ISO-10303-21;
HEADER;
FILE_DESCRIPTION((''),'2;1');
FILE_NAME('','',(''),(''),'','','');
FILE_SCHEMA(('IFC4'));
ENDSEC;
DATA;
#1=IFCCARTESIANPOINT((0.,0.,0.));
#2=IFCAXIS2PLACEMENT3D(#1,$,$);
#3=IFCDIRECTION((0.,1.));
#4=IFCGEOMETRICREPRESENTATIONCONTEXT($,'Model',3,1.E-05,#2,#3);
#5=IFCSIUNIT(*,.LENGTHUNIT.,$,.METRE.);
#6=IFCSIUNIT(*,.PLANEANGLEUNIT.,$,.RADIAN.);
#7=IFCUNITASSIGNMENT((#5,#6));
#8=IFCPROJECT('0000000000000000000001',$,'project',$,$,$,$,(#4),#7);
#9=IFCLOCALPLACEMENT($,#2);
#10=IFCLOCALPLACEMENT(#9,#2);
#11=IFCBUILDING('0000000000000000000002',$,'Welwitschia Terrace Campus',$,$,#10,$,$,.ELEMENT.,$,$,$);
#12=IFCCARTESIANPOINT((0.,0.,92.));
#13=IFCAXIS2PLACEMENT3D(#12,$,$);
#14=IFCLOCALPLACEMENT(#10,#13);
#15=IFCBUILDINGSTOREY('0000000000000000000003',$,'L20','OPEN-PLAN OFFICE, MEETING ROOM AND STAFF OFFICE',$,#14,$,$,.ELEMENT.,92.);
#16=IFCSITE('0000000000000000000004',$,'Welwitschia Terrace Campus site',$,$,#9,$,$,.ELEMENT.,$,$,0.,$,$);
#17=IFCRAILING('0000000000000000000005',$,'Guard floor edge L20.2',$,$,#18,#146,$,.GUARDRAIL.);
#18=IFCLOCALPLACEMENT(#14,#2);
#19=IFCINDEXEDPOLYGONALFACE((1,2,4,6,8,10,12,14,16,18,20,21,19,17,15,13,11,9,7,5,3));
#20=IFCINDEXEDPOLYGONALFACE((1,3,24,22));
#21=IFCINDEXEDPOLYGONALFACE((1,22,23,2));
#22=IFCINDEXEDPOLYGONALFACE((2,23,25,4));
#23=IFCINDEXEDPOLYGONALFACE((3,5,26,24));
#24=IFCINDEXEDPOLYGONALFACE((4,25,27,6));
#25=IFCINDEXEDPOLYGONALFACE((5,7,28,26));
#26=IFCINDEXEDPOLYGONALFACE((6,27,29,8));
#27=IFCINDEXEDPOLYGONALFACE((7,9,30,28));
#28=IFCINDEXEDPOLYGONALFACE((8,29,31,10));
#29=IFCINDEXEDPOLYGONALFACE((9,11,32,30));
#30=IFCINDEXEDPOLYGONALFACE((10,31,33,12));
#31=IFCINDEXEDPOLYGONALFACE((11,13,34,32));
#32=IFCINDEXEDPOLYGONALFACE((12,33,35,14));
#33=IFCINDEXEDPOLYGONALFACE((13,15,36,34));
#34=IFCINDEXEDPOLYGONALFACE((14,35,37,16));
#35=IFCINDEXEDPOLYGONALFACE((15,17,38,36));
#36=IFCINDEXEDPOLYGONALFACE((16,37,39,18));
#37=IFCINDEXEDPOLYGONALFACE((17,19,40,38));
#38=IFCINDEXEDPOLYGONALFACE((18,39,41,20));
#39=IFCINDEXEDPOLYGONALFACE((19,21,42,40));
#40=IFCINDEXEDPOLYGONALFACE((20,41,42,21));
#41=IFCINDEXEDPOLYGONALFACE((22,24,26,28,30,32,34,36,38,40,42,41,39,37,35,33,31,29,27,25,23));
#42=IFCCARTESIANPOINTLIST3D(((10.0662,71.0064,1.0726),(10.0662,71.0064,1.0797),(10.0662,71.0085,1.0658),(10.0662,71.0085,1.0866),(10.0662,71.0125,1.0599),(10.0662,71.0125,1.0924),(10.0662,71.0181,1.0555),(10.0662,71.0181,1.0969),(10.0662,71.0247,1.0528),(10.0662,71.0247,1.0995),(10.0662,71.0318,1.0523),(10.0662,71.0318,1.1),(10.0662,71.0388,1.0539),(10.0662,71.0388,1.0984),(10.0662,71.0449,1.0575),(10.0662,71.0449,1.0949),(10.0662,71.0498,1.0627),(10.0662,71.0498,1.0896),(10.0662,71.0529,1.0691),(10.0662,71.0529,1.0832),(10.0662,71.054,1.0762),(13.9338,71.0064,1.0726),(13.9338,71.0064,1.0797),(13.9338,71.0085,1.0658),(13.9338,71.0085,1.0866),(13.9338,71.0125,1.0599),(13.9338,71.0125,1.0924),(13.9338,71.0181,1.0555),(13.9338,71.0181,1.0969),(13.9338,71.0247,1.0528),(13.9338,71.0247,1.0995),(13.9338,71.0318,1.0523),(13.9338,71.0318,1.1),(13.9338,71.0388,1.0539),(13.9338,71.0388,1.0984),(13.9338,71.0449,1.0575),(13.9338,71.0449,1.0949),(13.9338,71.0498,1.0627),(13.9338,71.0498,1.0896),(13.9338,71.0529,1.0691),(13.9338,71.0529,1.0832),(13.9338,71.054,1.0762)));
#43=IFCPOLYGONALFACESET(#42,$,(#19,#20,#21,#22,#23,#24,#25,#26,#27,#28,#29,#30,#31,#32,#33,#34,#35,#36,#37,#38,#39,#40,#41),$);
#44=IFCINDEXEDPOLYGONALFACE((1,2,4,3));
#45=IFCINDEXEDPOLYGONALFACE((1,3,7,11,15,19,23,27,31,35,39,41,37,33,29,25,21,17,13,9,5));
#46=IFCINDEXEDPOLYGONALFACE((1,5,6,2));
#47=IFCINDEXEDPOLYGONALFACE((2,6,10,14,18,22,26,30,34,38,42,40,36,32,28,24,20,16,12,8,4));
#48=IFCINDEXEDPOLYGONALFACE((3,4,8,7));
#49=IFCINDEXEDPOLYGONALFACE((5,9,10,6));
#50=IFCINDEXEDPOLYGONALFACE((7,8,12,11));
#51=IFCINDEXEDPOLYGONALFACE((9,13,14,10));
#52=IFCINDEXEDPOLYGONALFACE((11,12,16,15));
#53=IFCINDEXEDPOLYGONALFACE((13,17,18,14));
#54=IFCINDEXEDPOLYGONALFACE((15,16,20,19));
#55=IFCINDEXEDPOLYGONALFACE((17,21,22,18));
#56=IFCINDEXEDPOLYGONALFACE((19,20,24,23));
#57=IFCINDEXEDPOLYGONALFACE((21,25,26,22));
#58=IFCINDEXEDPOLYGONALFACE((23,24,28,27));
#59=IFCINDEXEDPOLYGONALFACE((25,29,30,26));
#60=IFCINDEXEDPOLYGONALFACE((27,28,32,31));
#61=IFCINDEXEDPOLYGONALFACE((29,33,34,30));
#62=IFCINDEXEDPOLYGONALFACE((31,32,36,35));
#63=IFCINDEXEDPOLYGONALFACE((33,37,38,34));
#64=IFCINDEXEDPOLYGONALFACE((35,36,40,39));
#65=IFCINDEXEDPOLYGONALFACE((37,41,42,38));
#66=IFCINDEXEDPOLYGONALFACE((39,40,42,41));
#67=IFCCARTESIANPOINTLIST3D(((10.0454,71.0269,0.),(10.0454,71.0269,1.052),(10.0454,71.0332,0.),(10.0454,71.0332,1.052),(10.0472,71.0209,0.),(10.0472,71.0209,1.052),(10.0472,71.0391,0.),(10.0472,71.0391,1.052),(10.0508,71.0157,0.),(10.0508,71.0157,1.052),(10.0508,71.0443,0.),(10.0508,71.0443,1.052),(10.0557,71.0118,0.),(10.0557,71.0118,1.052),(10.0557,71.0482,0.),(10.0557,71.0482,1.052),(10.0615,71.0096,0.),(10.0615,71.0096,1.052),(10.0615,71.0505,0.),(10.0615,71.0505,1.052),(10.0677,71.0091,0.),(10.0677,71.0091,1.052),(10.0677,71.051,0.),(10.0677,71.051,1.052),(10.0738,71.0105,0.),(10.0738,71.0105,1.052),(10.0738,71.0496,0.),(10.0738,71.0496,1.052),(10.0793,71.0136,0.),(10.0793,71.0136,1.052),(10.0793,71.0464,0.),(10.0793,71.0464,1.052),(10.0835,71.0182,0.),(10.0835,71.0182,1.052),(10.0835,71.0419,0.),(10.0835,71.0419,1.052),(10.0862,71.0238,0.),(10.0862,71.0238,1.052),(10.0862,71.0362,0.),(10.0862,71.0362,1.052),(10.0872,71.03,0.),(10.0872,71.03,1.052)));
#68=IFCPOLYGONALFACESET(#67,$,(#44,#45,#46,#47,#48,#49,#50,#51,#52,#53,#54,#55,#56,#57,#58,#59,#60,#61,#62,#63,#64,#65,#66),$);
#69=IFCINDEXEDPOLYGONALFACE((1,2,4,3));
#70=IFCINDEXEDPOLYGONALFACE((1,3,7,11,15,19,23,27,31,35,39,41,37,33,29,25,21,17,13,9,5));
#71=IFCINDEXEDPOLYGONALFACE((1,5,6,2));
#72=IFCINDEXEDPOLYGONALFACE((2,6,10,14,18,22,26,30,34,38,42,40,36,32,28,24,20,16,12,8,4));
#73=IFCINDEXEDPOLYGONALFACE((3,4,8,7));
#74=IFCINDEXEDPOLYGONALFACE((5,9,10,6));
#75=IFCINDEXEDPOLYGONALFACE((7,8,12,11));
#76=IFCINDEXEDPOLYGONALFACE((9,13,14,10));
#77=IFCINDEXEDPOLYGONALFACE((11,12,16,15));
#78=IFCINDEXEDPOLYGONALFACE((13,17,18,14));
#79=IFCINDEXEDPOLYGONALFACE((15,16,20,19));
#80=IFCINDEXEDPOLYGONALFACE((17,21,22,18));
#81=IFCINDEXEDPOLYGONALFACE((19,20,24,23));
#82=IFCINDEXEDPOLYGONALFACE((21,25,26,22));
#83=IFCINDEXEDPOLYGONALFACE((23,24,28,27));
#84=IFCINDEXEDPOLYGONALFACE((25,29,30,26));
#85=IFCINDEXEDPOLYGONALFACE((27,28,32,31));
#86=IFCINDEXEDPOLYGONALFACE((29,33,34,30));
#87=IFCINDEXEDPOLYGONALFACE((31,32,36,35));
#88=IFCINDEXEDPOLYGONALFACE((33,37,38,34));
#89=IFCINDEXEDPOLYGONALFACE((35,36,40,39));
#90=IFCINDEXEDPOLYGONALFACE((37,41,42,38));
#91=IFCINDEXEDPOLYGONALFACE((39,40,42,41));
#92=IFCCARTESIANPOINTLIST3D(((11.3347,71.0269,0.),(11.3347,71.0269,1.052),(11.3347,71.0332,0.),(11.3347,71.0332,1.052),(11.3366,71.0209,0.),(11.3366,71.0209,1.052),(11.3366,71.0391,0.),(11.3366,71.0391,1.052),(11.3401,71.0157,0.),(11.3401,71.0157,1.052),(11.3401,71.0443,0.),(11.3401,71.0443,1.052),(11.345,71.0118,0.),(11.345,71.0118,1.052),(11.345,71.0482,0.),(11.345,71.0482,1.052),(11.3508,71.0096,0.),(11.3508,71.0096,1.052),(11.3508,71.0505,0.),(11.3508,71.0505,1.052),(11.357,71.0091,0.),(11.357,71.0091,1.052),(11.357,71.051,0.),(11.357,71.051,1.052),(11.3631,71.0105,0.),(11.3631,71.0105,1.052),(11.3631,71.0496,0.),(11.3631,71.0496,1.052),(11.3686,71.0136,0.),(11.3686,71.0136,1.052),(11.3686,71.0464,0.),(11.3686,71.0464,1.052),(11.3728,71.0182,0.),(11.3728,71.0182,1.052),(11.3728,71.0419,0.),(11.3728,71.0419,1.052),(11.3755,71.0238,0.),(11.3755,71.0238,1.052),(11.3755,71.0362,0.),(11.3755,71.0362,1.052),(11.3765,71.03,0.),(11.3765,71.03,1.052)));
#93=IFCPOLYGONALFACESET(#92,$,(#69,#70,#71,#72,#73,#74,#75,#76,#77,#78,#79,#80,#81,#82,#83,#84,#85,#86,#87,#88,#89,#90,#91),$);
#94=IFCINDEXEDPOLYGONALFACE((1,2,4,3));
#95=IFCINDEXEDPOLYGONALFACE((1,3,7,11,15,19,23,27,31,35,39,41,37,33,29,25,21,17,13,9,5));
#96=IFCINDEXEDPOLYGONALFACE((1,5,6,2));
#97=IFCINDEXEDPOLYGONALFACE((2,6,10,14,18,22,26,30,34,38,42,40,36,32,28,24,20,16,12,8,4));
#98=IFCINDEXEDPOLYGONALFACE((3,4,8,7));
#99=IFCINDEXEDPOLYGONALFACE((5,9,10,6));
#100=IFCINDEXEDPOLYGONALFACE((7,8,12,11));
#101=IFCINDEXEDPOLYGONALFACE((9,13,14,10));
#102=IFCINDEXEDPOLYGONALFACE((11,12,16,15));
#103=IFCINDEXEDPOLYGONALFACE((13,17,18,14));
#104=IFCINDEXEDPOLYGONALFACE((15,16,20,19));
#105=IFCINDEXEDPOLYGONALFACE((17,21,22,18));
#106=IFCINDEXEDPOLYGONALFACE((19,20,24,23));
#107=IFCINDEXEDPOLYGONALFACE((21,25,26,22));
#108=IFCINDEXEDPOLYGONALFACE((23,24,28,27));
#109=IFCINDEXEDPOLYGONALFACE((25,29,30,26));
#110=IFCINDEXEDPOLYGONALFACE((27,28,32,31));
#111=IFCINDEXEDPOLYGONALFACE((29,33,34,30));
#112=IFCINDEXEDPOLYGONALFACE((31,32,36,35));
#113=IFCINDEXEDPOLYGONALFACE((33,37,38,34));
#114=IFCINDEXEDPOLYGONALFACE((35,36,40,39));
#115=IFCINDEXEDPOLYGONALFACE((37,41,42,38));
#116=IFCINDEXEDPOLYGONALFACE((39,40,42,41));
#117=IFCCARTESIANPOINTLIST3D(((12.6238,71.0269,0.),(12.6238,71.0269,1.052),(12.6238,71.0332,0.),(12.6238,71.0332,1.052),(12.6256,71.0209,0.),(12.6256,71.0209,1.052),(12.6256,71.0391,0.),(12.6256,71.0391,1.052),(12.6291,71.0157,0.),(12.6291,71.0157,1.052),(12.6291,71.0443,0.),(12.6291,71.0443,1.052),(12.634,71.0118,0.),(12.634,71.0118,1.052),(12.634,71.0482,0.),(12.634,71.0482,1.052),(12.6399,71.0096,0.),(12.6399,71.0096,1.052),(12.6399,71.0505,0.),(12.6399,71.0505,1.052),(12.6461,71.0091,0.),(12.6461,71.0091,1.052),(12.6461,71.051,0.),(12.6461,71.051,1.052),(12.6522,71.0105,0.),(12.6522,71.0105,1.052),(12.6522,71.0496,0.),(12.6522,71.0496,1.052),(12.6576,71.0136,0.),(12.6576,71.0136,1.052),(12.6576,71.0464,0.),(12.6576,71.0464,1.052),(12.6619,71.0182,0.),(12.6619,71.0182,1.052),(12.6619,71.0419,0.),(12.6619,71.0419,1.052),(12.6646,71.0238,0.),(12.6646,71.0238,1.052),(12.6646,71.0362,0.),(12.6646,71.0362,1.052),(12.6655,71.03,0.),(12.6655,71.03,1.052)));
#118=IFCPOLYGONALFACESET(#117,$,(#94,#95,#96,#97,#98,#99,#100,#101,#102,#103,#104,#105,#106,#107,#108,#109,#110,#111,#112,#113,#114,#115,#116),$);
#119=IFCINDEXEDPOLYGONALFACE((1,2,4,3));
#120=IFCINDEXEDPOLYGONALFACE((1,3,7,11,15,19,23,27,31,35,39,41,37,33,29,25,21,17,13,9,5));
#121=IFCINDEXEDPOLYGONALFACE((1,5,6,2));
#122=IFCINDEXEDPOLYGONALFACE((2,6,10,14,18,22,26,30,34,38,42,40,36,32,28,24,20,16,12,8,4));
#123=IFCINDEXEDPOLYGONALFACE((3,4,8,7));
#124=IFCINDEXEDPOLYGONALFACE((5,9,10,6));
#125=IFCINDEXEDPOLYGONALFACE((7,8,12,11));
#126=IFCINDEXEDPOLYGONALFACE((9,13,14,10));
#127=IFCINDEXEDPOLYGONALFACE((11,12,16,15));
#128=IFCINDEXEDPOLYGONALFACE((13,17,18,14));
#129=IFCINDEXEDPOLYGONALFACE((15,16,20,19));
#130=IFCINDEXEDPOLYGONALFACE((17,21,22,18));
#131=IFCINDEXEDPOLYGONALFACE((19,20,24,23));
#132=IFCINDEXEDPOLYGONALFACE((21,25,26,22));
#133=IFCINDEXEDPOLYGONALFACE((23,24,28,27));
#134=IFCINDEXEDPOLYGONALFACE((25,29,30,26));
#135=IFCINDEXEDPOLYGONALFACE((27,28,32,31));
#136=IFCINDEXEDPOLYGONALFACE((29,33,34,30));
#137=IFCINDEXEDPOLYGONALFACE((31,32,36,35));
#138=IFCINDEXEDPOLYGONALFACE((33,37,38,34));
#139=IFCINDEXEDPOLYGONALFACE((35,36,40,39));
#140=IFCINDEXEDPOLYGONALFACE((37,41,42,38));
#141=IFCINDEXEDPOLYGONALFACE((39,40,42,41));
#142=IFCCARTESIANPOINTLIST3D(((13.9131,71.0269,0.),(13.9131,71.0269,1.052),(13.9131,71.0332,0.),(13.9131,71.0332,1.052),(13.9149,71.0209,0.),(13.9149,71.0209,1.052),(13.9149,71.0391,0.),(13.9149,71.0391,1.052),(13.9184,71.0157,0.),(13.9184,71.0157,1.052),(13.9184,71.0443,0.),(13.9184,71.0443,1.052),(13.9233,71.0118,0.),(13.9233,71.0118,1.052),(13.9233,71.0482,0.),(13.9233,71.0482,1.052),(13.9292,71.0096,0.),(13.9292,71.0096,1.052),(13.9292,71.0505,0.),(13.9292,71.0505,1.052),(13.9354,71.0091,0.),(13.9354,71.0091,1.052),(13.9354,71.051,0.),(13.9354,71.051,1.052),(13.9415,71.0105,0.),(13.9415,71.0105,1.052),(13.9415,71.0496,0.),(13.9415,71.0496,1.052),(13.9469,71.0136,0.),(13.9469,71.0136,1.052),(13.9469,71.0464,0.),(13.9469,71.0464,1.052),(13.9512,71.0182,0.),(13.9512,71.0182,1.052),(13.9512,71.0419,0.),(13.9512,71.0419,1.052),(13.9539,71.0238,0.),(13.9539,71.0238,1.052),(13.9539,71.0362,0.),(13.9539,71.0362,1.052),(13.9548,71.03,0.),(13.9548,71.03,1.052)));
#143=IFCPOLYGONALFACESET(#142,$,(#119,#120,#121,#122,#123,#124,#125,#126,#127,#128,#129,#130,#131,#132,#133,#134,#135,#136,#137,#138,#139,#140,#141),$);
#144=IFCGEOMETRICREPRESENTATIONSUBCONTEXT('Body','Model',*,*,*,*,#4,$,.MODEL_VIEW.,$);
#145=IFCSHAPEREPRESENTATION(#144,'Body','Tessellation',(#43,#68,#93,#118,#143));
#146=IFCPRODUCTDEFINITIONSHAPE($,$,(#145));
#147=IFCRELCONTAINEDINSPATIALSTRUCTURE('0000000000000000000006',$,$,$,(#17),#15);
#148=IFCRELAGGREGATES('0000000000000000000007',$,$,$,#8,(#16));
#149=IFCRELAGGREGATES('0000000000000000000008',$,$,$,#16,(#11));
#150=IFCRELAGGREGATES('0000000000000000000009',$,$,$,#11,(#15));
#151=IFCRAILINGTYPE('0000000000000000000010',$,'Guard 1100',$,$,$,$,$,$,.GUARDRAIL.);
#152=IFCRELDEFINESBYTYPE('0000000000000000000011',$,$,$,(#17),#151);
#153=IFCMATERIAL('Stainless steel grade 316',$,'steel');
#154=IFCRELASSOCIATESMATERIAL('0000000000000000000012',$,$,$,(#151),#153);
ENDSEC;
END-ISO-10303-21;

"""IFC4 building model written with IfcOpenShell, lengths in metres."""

from ifc_helpers import new_model, si_unit, direction, frame, origin, origin_2d, place, context, subcontext, project, spatial, circle, extrude, material, type_object, element, save


model = new_model("IFC4")

# Units and contexts
model_context = context("Model", 3, precision=1e-05, world=origin(), true_north=direction((0.0, 1.0)))
body_context = subcontext(model_context, "Body", "Model", "MODEL_VIEW")
ifc_project = project(units=[si_unit("LENGTHUNIT", "METRE"), si_unit("PLANEANGLEUNIT", "RADIAN")], contexts=[model_context])

# Site, building, storey
site_placement = place(None, origin())
site = spatial("IfcSite", under=ifc_project, at=site_placement, Name="Welwitschia Terrace Campus site", CompositionType="ELEMENT", RefElevation=0.0)
building_placement = place(site_placement, origin())
building = spatial("IfcBuilding", under=site, at=building_placement, Name="Welwitschia Terrace Campus", CompositionType="ELEMENT")
storey_placement = place(building_placement, frame((0.0, 0.0, 92.0)))
storey = spatial("IfcBuildingStorey", under=building, at=storey_placement, Name="L20", Description="OPEN-PLAN OFFICE, MEETING ROOM AND STAFF OFFICE", CompositionType="ELEMENT", Elevation=92.0)

# Railing
ifc_material_1 = material(Name="Stainless steel grade 316", Category="steel")
railing_type = type_object("IfcRailingType", Name="Guard 1100", PredefinedType="GUARDRAIL", material=ifc_material_1)
railing_1_placement = place(storey_placement, frame((10.0662, 71.03, 0.0)))
element("IfcRailing", 1, at=railing_1_placement, inside=storey, type_object=railing_type, Name="Guard floor edge L20.2", PredefinedType="GUARDRAIL", context=body_context, shape_type="SweptSolid", body=[
    extrude(circle(Radius=0.0239, at=origin_2d()), frame((0.0, 0.0, 1.0762), z_axis=(1.0, 0.0, 0.0), x_axis=(0.0, 1.0, 0.0)), (0.0, 0.0, 1.0), 3.8677),
    extrude(circle(Radius=0.021, at=origin_2d()), origin(), (0.0, 0.0, 1.0), 1.052),
    extrude(circle(Radius=0.021, at=origin_2d()), frame((1.2893, 0.0, 0.0)), (0.0, 0.0, 1.0), 1.052),
    extrude(circle(Radius=0.021, at=origin_2d()), frame((2.5784, 0.0, 0.0)), (0.0, 0.0, 1.0), 1.052),
    extrude(circle(Radius=0.021, at=origin_2d()), frame((3.8677, 0.0, 0.0)), (0.0, 0.0, 1.0), 1.052),
])

save(model, "model.ifc")
